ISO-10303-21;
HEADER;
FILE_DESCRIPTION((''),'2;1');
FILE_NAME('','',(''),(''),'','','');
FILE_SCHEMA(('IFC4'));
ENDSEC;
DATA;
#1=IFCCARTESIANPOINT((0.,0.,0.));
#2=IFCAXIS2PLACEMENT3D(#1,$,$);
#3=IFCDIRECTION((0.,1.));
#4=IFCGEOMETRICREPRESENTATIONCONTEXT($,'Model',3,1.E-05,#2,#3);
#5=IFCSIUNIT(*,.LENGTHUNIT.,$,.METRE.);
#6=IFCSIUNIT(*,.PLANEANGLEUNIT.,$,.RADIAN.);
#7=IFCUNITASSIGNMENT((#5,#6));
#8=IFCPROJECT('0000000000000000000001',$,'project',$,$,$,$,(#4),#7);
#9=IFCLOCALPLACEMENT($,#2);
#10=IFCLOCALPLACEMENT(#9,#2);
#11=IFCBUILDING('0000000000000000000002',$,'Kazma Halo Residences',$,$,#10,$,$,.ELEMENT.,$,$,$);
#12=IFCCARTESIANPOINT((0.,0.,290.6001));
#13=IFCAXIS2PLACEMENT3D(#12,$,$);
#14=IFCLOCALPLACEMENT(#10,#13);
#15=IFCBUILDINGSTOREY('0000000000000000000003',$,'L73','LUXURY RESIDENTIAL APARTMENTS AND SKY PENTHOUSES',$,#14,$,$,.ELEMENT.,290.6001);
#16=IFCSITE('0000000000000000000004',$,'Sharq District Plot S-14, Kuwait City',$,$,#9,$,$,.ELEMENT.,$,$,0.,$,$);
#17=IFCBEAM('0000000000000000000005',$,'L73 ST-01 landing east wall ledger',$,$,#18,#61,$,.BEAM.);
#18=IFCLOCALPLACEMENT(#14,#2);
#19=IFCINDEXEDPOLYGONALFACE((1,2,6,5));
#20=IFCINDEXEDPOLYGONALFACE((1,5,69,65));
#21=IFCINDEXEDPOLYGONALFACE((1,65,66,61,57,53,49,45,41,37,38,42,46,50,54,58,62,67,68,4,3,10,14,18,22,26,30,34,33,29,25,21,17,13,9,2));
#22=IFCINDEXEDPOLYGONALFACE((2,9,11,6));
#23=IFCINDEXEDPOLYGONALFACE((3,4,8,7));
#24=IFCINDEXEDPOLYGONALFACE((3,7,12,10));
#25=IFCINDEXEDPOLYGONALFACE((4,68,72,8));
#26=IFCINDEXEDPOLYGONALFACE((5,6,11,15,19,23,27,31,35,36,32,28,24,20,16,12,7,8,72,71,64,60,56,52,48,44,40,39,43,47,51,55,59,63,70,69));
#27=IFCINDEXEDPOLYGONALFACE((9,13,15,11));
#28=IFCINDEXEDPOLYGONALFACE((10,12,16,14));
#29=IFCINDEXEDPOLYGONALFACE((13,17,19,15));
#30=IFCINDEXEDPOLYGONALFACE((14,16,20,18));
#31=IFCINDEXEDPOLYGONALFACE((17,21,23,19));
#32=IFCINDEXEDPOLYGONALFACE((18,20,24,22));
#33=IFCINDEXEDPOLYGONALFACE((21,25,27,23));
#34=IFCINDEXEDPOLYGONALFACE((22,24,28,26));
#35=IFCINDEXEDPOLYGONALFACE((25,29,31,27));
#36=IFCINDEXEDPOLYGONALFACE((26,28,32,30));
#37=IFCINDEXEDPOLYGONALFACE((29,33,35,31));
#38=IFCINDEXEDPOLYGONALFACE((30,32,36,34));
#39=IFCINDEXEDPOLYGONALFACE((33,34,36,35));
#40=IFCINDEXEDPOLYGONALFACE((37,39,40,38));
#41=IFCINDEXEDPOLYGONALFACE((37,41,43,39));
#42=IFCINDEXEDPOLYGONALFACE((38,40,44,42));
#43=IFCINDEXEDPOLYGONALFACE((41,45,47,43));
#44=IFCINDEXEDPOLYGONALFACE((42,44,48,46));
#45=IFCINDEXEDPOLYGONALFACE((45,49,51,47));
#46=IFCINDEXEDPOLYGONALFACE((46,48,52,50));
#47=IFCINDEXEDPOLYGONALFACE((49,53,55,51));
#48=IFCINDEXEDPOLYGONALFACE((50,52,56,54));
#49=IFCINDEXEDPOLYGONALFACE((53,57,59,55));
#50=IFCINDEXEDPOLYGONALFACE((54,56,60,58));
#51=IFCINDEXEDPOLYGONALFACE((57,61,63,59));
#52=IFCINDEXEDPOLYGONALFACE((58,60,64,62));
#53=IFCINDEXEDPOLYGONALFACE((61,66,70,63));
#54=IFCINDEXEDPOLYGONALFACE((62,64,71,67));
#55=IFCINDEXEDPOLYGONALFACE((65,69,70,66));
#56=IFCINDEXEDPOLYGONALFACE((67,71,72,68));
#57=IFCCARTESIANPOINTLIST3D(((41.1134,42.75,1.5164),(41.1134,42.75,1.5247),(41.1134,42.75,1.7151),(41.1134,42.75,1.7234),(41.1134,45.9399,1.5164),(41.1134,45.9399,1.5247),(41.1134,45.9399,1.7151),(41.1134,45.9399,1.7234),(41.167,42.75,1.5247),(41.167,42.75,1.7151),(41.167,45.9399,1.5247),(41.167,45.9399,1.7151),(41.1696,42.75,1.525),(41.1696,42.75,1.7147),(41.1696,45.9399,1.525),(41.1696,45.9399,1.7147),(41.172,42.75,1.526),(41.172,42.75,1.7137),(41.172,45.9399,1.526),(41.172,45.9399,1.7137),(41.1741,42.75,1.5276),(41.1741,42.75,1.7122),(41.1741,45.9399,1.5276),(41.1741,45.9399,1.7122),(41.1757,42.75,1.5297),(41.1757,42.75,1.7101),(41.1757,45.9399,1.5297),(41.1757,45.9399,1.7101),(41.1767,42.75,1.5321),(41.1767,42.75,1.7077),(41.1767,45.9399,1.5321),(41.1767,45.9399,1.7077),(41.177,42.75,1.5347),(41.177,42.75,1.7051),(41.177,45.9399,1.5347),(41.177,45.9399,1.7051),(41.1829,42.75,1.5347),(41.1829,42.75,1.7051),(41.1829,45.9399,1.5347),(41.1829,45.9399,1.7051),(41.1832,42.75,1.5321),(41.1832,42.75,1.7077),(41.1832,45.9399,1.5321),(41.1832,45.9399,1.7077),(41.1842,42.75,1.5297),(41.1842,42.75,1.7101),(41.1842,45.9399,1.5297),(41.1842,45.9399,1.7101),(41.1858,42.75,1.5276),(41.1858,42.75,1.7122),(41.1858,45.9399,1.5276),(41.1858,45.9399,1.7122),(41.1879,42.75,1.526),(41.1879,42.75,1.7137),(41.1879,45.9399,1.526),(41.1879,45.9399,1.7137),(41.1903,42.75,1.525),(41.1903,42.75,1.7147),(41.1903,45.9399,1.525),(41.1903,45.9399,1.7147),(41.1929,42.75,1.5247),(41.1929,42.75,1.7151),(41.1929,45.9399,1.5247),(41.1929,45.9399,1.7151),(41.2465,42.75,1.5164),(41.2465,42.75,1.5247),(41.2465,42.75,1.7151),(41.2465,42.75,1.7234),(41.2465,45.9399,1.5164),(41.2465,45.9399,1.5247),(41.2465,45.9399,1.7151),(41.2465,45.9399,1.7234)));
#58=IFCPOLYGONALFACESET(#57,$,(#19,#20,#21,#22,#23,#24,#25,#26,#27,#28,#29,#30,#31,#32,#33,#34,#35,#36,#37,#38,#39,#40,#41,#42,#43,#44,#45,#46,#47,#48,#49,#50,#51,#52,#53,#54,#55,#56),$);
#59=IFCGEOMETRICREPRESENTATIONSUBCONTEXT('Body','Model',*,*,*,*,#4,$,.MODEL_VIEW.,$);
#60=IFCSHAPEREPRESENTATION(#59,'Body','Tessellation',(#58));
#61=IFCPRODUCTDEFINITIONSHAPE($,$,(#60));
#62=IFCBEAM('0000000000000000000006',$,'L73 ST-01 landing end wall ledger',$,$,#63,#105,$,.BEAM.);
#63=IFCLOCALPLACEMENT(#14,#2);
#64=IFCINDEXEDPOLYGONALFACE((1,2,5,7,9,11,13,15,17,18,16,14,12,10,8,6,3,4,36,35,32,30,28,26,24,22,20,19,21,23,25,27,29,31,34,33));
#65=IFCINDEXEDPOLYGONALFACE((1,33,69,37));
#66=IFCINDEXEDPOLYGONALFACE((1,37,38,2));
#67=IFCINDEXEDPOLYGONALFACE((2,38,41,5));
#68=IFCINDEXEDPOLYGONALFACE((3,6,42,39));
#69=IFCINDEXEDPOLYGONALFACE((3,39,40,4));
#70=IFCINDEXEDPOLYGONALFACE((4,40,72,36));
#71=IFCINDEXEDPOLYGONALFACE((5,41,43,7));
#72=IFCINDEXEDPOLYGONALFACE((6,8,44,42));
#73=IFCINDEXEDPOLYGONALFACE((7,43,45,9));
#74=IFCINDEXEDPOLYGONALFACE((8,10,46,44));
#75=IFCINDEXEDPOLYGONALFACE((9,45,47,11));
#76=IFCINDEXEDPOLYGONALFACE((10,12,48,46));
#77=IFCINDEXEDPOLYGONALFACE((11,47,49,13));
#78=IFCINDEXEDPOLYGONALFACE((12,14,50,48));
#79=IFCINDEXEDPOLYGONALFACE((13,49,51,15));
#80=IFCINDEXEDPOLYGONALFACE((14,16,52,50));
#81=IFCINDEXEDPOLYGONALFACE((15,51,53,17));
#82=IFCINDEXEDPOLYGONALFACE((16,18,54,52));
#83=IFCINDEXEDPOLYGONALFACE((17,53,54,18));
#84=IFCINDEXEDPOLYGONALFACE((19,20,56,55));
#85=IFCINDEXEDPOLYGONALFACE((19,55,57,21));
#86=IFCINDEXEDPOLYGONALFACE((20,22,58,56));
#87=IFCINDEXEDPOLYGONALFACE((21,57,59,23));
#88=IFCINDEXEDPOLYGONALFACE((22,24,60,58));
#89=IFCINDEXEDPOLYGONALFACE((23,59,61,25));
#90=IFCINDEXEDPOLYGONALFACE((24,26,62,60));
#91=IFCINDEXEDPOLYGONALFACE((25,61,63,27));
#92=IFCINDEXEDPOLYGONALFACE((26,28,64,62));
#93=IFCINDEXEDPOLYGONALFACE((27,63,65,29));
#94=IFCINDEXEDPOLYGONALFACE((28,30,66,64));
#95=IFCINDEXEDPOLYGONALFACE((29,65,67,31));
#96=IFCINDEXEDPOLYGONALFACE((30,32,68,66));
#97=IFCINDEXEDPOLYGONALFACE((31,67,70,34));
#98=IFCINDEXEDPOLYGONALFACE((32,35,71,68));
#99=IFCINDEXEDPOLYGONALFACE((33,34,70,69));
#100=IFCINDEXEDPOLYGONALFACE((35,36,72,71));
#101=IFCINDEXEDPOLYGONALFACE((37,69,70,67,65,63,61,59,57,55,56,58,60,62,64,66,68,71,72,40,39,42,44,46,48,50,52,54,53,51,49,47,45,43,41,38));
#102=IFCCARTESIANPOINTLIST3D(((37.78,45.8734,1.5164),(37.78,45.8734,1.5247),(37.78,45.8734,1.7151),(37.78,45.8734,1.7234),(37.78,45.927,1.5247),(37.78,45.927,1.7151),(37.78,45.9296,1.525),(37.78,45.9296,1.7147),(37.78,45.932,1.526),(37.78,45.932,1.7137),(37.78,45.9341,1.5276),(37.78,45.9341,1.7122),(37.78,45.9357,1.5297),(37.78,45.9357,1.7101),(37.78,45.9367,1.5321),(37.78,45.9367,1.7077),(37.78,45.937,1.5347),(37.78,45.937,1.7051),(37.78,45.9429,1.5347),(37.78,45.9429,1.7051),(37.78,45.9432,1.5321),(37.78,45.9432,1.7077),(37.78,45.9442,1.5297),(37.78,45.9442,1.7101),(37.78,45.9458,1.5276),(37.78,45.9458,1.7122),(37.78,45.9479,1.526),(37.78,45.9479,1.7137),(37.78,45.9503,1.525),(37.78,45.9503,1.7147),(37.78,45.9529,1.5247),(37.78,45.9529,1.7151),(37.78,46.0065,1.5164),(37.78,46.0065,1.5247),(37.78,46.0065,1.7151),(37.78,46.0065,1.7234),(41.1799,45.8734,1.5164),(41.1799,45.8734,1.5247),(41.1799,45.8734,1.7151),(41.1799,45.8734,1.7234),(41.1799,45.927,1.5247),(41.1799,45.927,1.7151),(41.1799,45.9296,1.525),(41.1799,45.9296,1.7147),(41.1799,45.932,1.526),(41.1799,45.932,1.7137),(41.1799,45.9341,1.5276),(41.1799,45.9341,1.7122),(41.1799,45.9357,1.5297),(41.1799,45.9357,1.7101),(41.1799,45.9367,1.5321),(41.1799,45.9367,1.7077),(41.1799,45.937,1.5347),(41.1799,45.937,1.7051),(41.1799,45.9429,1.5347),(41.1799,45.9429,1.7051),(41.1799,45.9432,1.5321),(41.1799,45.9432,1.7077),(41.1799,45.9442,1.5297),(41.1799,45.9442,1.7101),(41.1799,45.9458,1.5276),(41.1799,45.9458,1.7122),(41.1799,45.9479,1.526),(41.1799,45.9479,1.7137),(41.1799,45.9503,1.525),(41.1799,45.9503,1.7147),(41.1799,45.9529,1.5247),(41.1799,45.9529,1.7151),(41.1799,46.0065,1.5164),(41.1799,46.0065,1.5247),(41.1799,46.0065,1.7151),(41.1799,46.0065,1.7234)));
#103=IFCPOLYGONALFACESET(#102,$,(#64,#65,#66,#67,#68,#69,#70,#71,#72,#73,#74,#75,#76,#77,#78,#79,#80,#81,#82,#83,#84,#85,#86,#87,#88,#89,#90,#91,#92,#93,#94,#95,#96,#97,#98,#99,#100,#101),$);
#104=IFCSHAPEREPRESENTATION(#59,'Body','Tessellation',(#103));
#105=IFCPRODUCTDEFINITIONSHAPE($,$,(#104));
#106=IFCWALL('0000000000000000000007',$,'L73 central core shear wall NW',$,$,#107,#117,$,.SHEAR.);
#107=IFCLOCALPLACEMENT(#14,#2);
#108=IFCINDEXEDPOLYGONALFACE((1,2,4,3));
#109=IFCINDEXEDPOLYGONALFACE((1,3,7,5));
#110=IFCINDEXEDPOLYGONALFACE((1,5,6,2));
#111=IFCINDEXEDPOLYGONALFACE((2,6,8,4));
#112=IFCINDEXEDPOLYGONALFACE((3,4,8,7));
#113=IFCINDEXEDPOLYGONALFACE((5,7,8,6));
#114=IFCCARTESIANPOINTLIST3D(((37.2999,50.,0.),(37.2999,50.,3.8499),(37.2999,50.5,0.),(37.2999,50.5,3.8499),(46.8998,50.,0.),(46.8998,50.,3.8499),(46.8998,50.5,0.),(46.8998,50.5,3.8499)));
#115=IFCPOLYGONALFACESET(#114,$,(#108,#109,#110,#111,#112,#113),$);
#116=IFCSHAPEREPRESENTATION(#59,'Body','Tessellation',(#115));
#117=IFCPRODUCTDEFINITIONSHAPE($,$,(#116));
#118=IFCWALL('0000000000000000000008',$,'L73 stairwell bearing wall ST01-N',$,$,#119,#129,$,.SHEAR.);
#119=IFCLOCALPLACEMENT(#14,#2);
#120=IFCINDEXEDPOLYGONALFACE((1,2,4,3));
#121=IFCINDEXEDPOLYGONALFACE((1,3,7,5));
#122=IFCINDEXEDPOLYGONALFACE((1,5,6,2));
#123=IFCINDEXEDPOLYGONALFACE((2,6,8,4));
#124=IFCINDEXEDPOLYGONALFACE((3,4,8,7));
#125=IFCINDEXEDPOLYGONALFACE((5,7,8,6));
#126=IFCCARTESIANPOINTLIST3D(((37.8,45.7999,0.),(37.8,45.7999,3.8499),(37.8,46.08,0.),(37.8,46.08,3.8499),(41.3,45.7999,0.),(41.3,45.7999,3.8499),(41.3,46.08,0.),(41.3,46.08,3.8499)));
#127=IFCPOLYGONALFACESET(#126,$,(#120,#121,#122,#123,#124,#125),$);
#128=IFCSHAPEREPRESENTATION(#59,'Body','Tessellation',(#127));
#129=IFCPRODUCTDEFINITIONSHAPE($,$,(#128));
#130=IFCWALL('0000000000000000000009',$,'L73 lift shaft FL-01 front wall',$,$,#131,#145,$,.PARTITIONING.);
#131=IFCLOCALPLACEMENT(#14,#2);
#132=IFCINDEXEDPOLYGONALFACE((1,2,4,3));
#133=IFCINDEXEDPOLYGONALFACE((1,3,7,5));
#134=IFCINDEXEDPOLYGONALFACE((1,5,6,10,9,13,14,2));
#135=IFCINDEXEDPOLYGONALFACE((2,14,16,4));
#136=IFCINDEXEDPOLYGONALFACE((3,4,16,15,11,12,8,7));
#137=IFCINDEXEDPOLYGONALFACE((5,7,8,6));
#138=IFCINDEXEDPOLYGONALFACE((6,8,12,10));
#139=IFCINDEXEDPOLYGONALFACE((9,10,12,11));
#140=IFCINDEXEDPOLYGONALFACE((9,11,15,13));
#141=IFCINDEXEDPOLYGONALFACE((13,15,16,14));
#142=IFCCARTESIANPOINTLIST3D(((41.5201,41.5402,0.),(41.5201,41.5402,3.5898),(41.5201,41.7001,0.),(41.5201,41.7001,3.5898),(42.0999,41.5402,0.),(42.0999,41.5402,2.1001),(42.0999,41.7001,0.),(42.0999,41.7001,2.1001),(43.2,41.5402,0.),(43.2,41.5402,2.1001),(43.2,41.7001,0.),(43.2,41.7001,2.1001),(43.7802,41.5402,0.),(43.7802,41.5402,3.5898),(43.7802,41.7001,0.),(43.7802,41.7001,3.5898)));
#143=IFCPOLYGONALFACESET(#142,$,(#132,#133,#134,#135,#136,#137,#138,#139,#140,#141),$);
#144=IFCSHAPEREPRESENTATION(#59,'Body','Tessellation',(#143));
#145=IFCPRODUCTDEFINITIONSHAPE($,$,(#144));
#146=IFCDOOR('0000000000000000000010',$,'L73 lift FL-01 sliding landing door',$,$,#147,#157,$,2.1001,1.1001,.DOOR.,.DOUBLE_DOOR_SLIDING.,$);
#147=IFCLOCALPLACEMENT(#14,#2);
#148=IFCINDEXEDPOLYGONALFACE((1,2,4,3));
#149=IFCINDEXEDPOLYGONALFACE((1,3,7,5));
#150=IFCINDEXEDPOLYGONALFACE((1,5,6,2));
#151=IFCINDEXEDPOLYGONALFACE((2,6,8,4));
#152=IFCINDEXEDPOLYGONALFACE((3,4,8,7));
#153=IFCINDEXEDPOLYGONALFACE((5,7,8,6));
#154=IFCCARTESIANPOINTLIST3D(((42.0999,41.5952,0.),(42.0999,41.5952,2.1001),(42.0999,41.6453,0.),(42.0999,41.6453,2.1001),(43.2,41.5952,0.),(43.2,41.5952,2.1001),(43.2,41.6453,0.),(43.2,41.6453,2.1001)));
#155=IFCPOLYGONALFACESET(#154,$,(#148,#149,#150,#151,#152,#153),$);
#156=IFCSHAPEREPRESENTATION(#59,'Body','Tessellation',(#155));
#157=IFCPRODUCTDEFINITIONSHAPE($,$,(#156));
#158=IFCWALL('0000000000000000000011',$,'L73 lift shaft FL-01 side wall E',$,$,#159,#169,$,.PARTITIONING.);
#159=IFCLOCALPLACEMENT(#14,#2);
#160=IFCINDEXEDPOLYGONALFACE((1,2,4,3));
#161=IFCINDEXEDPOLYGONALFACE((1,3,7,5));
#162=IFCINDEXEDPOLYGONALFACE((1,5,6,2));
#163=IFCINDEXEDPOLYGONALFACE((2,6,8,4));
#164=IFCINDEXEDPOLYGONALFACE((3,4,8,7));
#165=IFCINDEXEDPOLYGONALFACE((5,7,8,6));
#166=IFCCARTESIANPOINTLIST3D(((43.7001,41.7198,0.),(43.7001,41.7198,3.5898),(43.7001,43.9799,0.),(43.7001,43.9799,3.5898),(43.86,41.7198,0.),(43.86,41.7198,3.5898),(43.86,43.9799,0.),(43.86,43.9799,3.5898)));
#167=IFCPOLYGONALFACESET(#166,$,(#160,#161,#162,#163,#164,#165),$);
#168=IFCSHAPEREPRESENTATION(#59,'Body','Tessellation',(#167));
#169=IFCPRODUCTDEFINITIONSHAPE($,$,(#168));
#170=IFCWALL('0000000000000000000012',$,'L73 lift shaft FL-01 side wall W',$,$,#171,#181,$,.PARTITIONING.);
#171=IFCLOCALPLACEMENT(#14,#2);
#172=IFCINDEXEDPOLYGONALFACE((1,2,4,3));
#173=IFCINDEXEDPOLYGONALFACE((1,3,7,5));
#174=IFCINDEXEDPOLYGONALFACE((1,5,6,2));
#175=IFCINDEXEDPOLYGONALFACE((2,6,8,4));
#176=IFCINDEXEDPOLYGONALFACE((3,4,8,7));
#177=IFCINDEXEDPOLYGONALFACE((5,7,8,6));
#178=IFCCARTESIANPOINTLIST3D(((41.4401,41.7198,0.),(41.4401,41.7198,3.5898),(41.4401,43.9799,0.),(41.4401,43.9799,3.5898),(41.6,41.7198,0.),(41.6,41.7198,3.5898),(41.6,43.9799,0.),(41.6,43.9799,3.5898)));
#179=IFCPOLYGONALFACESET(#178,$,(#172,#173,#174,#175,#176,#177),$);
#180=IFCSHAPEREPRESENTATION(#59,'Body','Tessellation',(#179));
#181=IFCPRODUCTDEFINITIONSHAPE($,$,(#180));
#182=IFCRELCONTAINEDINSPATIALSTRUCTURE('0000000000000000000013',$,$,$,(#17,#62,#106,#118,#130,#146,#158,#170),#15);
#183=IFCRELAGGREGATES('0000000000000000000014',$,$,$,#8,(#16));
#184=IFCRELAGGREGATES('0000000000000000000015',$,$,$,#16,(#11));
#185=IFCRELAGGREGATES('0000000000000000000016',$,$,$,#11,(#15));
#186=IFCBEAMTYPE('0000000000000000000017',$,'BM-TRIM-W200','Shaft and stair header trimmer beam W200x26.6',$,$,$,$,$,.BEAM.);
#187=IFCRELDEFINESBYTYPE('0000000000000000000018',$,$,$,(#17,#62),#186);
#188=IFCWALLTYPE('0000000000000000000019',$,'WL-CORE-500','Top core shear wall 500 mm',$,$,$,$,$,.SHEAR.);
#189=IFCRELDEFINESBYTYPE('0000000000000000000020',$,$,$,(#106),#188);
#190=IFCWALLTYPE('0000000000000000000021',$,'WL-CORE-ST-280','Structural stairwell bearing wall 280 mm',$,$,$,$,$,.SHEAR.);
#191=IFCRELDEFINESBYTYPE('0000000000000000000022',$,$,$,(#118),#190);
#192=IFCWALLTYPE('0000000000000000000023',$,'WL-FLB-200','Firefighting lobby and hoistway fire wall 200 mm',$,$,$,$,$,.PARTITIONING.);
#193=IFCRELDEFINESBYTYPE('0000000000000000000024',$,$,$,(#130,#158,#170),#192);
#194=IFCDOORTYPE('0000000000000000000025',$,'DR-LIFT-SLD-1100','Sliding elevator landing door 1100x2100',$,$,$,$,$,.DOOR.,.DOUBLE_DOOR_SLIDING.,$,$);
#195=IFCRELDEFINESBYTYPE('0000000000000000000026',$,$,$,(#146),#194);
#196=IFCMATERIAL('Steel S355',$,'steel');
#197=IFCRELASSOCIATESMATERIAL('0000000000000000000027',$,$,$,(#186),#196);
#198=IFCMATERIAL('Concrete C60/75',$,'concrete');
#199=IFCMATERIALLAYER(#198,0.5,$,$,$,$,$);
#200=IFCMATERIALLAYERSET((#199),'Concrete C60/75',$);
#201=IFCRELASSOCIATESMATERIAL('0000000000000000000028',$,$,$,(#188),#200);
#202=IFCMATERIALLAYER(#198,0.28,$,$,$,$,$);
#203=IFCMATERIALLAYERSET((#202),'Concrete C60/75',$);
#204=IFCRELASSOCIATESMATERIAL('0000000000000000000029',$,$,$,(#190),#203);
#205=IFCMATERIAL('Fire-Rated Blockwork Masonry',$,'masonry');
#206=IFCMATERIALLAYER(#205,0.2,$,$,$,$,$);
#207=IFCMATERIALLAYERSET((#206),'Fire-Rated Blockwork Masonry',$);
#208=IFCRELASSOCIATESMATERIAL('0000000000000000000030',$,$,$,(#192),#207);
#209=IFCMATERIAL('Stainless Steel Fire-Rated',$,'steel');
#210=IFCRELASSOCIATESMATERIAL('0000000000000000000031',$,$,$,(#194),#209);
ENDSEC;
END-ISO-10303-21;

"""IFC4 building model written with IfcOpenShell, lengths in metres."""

from ifc_helpers import new_model, si_unit, direction, frame, frame_2d, origin, origin_2d, place, context, subcontext, project, spatial, rectangle, i_section, extrude, material, layer, layer_set, material_profile, profile_set, type_object, element, fill, save


model = new_model("IFC4")

# Units and contexts
model_context = context("Model", 3, precision=1e-05, world=origin(), true_north=direction((0.0, 1.0)))
body_context = subcontext(model_context, "Body", "Model", "MODEL_VIEW")
ifc_project = project(units=[si_unit("LENGTHUNIT", "METRE"), si_unit("PLANEANGLEUNIT", "RADIAN")], contexts=[model_context])

# Site, building, storey
site_placement = place(None, origin())
site = spatial("IfcSite", under=ifc_project, at=site_placement, Name="Sharq District Plot S-14, Kuwait City", CompositionType="ELEMENT", RefElevation=0.0)
building_placement = place(site_placement, origin())
building = spatial("IfcBuilding", under=site, at=building_placement, Name="Kazma Halo Residences", CompositionType="ELEMENT")
storey_placement = place(building_placement, frame((0.0, 0.0, 290.6001)))
storey = spatial("IfcBuildingStorey", under=building, at=storey_placement, Name="L73", Description="LUXURY RESIDENTIAL APARTMENTS AND SKY PENTHOUSES", CompositionType="ELEMENT", Elevation=290.6001)

# Shared definitions
ifc_material_1 = material(Name="Steel S355", Category="steel")

# Beams
ifc_material_profile_1 = material_profile(ifc_material_1, i_section(OverallWidth=0.1331, OverallDepth=0.207, WebThickness=0.0059, FlangeThickness=0.0083, FilletRadius=0.01, at=origin_2d()), Name="W200x26.6")
ifc_profile_set_1 = profile_set([ifc_material_profile_1], Name="Steel S355")
beam_type_1 = type_object("IfcBeamType", Name="BM-TRIM-W200", Description="Shaft and stair header trimmer beam W200x26.6", PredefinedType="BEAM", material=ifc_profile_set_1)
beam_1_placement = place(storey_placement, frame((41.1799, 42.75, 1.6199), z_axis=(0.0, 1.0, 0.0), x_axis=(-1.0, 0.0, 0.0)))
element("IfcBeam", 1, at=beam_1_placement, inside=storey, type_object=beam_type_1, Name="L73 ST-01 landing east wall ledger", PredefinedType="BEAM", context=body_context, shape_type="SweptSolid", body=[
    extrude(i_section(OverallWidth=0.1331, OverallDepth=0.207, WebThickness=0.0059, FlangeThickness=0.0083, FilletRadius=0.01, at=origin_2d()), origin(), (0.0, 0.0, 1.0), 3.1899),
])
beam_2_placement = place(storey_placement, frame((37.78, 45.9399, 1.6199), z_axis=(1.0, 0.0, 0.0), x_axis=(0.0, 1.0, 0.0)))
element("IfcBeam", 2, at=beam_2_placement, inside=storey, type_object=beam_type_1, Name="L73 ST-01 landing end wall ledger", PredefinedType="BEAM", context=body_context, shape_type="SweptSolid", body=[
    extrude(i_section(OverallWidth=0.1331, OverallDepth=0.207, WebThickness=0.0059, FlangeThickness=0.0083, FilletRadius=0.01, at=origin_2d()), origin(), (0.0, 0.0, 1.0), 3.3999),
])

# Walls
ifc_material_2 = material(Name="Concrete C60/75", Category="concrete")
ifc_layer_1 = layer(ifc_material_2, 0.5)
ifc_layer_set_1 = layer_set([ifc_layer_1], Name="Concrete C60/75")
wall_type_1 = type_object("IfcWallType", Name="WL-CORE-500", Description="Top core shear wall 500 mm", PredefinedType="SHEAR", material=ifc_layer_set_1)
wall_1_placement = place(storey_placement, frame((37.3, 50.25, 0.0), z_axis=(0.0, 0.0, 1.0), x_axis=(1.0, 0.0, 0.0)))
element("IfcWall", 3, at=wall_1_placement, inside=storey, type_object=wall_type_1, Name="L73 central core shear wall NW", PredefinedType="SHEAR", context=body_context, shape_type="SweptSolid", body=[
    extrude(rectangle(XDim=9.5999, YDim=0.5, at=frame_2d((4.7998, 0.0))), origin(), (0.0, 0.0, 1.0), 3.8499),
])
ifc_layer_2 = layer(ifc_material_2, 0.28)
ifc_layer_set_2 = layer_set([ifc_layer_2], Name="Concrete C60/75")
wall_type_2 = type_object("IfcWallType", Name="WL-CORE-ST-280", Description="Structural stairwell bearing wall 280 mm", PredefinedType="SHEAR", material=ifc_layer_set_2)
wall_2_placement = place(storey_placement, frame((37.8, 45.9399, 0.0), z_axis=(0.0, 0.0, 1.0), x_axis=(1.0, 0.0, 0.0)))
element("IfcWall", 4, at=wall_2_placement, inside=storey, type_object=wall_type_2, Name="L73 stairwell bearing wall ST01-N", PredefinedType="SHEAR", context=body_context, shape_type="SweptSolid", body=[
    extrude(rectangle(XDim=3.5, YDim=0.28, at=frame_2d((1.75, 0.0))), origin(), (0.0, 0.0, 1.0), 3.8499),
])

# Wall, opening, door
ifc_material_3 = material(Name="Fire-Rated Blockwork Masonry", Category="masonry")
ifc_layer_3 = layer(ifc_material_3, 0.2)
ifc_layer_set_3 = layer_set([ifc_layer_3], Name="Fire-Rated Blockwork Masonry")
wall_type_3 = type_object("IfcWallType", Name="WL-FLB-200", Description="Firefighting lobby and hoistway fire wall 200 mm", PredefinedType="PARTITIONING", material=ifc_layer_set_3)
wall_3_placement = place(storey_placement, frame((43.78, 41.6201, 0.0), z_axis=(0.0, 0.0, 1.0), x_axis=(-1.0, 0.0, 0.0)))
wall_3 = element("IfcWall", 5, at=wall_3_placement, inside=storey, type_object=wall_type_3, Name="L73 lift shaft FL-01 front wall", PredefinedType="PARTITIONING", context=body_context, shape_type="SweptSolid", body=[
    extrude(rectangle(XDim=2.26, YDim=0.1599, at=frame_2d((1.1299, 0.0))), origin(), (0.0, 0.0, 1.0), 3.5898),
])
opening_1_placement = place(wall_3_placement, frame((0.5801, 0.0, 0.0)))
opening_1 = element("IfcOpeningElement", 6, at=opening_1_placement, cuts=wall_3, PredefinedType="OPENING", context=body_context, shape_type="SweptSolid", body=[
    extrude(rectangle(XDim=1.1001, YDim=2.1001, at=frame_2d((0.55, 1.05))), frame((0.0, 0.0898, 0.0), z_axis=(0.0, -1.0, 0.0), x_axis=(1.0, 0.0, 0.0)), (0.0, 0.0, 1.0), 0.1799),
])
ifc_material_4 = material(Name="Stainless Steel Fire-Rated", Category="steel")
door_type_1 = type_object("IfcDoorType", Name="DR-LIFT-SLD-1100", Description="Sliding elevator landing door 1100x2100", OperationType="DOUBLE_DOOR_SLIDING", PredefinedType="DOOR", material=ifc_material_4)
door_1_placement = place(opening_1_placement, origin())
door_1 = element("IfcDoor", 7, at=door_1_placement, inside=storey, type_object=door_type_1, Name="L73 lift FL-01 sliding landing door", OperationType="DOUBLE_DOOR_SLIDING", OverallHeight=2.1001, OverallWidth=1.1001, PredefinedType="DOOR", context=body_context, shape_type="SweptSolid", body=[
    extrude(rectangle(XDim=1.1001, YDim=2.1001, at=frame_2d((0.55, 1.05))), frame((0.0, 0.0249, 0.0), z_axis=(0.0, -1.0, 0.0), x_axis=(1.0, 0.0, 0.0)), (0.0, 0.0, 1.0), 0.05),
])
fill(opening_1, door_1)

# Walls
for number, where, z_axis, x_axis, name in (
    (8, (43.78, 41.72, 0.0), (0.0, 0.0, 1.0), (0.0, 1.0, 0.0), "L73 lift shaft FL-01 side wall E"),
    (9, (41.52, 41.72, 0.0), (0.0, 0.0, 1.0), (0.0, 1.0, 0.0), "L73 lift shaft FL-01 side wall W"),
):
    element("IfcWall", number, at=place(storey_placement, frame(where, z_axis=z_axis, x_axis=x_axis)), inside=storey, type_object=wall_type_3, Name=name, PredefinedType="PARTITIONING", context=body_context, shape_type="SweptSolid", body=[
        extrude(rectangle(XDim=2.26, YDim=0.1599, at=frame_2d((1.1299, 0.0))), origin(), (0.0, 0.0, 1.0), 3.5898),
    ])

save(model, "model.ifc")
